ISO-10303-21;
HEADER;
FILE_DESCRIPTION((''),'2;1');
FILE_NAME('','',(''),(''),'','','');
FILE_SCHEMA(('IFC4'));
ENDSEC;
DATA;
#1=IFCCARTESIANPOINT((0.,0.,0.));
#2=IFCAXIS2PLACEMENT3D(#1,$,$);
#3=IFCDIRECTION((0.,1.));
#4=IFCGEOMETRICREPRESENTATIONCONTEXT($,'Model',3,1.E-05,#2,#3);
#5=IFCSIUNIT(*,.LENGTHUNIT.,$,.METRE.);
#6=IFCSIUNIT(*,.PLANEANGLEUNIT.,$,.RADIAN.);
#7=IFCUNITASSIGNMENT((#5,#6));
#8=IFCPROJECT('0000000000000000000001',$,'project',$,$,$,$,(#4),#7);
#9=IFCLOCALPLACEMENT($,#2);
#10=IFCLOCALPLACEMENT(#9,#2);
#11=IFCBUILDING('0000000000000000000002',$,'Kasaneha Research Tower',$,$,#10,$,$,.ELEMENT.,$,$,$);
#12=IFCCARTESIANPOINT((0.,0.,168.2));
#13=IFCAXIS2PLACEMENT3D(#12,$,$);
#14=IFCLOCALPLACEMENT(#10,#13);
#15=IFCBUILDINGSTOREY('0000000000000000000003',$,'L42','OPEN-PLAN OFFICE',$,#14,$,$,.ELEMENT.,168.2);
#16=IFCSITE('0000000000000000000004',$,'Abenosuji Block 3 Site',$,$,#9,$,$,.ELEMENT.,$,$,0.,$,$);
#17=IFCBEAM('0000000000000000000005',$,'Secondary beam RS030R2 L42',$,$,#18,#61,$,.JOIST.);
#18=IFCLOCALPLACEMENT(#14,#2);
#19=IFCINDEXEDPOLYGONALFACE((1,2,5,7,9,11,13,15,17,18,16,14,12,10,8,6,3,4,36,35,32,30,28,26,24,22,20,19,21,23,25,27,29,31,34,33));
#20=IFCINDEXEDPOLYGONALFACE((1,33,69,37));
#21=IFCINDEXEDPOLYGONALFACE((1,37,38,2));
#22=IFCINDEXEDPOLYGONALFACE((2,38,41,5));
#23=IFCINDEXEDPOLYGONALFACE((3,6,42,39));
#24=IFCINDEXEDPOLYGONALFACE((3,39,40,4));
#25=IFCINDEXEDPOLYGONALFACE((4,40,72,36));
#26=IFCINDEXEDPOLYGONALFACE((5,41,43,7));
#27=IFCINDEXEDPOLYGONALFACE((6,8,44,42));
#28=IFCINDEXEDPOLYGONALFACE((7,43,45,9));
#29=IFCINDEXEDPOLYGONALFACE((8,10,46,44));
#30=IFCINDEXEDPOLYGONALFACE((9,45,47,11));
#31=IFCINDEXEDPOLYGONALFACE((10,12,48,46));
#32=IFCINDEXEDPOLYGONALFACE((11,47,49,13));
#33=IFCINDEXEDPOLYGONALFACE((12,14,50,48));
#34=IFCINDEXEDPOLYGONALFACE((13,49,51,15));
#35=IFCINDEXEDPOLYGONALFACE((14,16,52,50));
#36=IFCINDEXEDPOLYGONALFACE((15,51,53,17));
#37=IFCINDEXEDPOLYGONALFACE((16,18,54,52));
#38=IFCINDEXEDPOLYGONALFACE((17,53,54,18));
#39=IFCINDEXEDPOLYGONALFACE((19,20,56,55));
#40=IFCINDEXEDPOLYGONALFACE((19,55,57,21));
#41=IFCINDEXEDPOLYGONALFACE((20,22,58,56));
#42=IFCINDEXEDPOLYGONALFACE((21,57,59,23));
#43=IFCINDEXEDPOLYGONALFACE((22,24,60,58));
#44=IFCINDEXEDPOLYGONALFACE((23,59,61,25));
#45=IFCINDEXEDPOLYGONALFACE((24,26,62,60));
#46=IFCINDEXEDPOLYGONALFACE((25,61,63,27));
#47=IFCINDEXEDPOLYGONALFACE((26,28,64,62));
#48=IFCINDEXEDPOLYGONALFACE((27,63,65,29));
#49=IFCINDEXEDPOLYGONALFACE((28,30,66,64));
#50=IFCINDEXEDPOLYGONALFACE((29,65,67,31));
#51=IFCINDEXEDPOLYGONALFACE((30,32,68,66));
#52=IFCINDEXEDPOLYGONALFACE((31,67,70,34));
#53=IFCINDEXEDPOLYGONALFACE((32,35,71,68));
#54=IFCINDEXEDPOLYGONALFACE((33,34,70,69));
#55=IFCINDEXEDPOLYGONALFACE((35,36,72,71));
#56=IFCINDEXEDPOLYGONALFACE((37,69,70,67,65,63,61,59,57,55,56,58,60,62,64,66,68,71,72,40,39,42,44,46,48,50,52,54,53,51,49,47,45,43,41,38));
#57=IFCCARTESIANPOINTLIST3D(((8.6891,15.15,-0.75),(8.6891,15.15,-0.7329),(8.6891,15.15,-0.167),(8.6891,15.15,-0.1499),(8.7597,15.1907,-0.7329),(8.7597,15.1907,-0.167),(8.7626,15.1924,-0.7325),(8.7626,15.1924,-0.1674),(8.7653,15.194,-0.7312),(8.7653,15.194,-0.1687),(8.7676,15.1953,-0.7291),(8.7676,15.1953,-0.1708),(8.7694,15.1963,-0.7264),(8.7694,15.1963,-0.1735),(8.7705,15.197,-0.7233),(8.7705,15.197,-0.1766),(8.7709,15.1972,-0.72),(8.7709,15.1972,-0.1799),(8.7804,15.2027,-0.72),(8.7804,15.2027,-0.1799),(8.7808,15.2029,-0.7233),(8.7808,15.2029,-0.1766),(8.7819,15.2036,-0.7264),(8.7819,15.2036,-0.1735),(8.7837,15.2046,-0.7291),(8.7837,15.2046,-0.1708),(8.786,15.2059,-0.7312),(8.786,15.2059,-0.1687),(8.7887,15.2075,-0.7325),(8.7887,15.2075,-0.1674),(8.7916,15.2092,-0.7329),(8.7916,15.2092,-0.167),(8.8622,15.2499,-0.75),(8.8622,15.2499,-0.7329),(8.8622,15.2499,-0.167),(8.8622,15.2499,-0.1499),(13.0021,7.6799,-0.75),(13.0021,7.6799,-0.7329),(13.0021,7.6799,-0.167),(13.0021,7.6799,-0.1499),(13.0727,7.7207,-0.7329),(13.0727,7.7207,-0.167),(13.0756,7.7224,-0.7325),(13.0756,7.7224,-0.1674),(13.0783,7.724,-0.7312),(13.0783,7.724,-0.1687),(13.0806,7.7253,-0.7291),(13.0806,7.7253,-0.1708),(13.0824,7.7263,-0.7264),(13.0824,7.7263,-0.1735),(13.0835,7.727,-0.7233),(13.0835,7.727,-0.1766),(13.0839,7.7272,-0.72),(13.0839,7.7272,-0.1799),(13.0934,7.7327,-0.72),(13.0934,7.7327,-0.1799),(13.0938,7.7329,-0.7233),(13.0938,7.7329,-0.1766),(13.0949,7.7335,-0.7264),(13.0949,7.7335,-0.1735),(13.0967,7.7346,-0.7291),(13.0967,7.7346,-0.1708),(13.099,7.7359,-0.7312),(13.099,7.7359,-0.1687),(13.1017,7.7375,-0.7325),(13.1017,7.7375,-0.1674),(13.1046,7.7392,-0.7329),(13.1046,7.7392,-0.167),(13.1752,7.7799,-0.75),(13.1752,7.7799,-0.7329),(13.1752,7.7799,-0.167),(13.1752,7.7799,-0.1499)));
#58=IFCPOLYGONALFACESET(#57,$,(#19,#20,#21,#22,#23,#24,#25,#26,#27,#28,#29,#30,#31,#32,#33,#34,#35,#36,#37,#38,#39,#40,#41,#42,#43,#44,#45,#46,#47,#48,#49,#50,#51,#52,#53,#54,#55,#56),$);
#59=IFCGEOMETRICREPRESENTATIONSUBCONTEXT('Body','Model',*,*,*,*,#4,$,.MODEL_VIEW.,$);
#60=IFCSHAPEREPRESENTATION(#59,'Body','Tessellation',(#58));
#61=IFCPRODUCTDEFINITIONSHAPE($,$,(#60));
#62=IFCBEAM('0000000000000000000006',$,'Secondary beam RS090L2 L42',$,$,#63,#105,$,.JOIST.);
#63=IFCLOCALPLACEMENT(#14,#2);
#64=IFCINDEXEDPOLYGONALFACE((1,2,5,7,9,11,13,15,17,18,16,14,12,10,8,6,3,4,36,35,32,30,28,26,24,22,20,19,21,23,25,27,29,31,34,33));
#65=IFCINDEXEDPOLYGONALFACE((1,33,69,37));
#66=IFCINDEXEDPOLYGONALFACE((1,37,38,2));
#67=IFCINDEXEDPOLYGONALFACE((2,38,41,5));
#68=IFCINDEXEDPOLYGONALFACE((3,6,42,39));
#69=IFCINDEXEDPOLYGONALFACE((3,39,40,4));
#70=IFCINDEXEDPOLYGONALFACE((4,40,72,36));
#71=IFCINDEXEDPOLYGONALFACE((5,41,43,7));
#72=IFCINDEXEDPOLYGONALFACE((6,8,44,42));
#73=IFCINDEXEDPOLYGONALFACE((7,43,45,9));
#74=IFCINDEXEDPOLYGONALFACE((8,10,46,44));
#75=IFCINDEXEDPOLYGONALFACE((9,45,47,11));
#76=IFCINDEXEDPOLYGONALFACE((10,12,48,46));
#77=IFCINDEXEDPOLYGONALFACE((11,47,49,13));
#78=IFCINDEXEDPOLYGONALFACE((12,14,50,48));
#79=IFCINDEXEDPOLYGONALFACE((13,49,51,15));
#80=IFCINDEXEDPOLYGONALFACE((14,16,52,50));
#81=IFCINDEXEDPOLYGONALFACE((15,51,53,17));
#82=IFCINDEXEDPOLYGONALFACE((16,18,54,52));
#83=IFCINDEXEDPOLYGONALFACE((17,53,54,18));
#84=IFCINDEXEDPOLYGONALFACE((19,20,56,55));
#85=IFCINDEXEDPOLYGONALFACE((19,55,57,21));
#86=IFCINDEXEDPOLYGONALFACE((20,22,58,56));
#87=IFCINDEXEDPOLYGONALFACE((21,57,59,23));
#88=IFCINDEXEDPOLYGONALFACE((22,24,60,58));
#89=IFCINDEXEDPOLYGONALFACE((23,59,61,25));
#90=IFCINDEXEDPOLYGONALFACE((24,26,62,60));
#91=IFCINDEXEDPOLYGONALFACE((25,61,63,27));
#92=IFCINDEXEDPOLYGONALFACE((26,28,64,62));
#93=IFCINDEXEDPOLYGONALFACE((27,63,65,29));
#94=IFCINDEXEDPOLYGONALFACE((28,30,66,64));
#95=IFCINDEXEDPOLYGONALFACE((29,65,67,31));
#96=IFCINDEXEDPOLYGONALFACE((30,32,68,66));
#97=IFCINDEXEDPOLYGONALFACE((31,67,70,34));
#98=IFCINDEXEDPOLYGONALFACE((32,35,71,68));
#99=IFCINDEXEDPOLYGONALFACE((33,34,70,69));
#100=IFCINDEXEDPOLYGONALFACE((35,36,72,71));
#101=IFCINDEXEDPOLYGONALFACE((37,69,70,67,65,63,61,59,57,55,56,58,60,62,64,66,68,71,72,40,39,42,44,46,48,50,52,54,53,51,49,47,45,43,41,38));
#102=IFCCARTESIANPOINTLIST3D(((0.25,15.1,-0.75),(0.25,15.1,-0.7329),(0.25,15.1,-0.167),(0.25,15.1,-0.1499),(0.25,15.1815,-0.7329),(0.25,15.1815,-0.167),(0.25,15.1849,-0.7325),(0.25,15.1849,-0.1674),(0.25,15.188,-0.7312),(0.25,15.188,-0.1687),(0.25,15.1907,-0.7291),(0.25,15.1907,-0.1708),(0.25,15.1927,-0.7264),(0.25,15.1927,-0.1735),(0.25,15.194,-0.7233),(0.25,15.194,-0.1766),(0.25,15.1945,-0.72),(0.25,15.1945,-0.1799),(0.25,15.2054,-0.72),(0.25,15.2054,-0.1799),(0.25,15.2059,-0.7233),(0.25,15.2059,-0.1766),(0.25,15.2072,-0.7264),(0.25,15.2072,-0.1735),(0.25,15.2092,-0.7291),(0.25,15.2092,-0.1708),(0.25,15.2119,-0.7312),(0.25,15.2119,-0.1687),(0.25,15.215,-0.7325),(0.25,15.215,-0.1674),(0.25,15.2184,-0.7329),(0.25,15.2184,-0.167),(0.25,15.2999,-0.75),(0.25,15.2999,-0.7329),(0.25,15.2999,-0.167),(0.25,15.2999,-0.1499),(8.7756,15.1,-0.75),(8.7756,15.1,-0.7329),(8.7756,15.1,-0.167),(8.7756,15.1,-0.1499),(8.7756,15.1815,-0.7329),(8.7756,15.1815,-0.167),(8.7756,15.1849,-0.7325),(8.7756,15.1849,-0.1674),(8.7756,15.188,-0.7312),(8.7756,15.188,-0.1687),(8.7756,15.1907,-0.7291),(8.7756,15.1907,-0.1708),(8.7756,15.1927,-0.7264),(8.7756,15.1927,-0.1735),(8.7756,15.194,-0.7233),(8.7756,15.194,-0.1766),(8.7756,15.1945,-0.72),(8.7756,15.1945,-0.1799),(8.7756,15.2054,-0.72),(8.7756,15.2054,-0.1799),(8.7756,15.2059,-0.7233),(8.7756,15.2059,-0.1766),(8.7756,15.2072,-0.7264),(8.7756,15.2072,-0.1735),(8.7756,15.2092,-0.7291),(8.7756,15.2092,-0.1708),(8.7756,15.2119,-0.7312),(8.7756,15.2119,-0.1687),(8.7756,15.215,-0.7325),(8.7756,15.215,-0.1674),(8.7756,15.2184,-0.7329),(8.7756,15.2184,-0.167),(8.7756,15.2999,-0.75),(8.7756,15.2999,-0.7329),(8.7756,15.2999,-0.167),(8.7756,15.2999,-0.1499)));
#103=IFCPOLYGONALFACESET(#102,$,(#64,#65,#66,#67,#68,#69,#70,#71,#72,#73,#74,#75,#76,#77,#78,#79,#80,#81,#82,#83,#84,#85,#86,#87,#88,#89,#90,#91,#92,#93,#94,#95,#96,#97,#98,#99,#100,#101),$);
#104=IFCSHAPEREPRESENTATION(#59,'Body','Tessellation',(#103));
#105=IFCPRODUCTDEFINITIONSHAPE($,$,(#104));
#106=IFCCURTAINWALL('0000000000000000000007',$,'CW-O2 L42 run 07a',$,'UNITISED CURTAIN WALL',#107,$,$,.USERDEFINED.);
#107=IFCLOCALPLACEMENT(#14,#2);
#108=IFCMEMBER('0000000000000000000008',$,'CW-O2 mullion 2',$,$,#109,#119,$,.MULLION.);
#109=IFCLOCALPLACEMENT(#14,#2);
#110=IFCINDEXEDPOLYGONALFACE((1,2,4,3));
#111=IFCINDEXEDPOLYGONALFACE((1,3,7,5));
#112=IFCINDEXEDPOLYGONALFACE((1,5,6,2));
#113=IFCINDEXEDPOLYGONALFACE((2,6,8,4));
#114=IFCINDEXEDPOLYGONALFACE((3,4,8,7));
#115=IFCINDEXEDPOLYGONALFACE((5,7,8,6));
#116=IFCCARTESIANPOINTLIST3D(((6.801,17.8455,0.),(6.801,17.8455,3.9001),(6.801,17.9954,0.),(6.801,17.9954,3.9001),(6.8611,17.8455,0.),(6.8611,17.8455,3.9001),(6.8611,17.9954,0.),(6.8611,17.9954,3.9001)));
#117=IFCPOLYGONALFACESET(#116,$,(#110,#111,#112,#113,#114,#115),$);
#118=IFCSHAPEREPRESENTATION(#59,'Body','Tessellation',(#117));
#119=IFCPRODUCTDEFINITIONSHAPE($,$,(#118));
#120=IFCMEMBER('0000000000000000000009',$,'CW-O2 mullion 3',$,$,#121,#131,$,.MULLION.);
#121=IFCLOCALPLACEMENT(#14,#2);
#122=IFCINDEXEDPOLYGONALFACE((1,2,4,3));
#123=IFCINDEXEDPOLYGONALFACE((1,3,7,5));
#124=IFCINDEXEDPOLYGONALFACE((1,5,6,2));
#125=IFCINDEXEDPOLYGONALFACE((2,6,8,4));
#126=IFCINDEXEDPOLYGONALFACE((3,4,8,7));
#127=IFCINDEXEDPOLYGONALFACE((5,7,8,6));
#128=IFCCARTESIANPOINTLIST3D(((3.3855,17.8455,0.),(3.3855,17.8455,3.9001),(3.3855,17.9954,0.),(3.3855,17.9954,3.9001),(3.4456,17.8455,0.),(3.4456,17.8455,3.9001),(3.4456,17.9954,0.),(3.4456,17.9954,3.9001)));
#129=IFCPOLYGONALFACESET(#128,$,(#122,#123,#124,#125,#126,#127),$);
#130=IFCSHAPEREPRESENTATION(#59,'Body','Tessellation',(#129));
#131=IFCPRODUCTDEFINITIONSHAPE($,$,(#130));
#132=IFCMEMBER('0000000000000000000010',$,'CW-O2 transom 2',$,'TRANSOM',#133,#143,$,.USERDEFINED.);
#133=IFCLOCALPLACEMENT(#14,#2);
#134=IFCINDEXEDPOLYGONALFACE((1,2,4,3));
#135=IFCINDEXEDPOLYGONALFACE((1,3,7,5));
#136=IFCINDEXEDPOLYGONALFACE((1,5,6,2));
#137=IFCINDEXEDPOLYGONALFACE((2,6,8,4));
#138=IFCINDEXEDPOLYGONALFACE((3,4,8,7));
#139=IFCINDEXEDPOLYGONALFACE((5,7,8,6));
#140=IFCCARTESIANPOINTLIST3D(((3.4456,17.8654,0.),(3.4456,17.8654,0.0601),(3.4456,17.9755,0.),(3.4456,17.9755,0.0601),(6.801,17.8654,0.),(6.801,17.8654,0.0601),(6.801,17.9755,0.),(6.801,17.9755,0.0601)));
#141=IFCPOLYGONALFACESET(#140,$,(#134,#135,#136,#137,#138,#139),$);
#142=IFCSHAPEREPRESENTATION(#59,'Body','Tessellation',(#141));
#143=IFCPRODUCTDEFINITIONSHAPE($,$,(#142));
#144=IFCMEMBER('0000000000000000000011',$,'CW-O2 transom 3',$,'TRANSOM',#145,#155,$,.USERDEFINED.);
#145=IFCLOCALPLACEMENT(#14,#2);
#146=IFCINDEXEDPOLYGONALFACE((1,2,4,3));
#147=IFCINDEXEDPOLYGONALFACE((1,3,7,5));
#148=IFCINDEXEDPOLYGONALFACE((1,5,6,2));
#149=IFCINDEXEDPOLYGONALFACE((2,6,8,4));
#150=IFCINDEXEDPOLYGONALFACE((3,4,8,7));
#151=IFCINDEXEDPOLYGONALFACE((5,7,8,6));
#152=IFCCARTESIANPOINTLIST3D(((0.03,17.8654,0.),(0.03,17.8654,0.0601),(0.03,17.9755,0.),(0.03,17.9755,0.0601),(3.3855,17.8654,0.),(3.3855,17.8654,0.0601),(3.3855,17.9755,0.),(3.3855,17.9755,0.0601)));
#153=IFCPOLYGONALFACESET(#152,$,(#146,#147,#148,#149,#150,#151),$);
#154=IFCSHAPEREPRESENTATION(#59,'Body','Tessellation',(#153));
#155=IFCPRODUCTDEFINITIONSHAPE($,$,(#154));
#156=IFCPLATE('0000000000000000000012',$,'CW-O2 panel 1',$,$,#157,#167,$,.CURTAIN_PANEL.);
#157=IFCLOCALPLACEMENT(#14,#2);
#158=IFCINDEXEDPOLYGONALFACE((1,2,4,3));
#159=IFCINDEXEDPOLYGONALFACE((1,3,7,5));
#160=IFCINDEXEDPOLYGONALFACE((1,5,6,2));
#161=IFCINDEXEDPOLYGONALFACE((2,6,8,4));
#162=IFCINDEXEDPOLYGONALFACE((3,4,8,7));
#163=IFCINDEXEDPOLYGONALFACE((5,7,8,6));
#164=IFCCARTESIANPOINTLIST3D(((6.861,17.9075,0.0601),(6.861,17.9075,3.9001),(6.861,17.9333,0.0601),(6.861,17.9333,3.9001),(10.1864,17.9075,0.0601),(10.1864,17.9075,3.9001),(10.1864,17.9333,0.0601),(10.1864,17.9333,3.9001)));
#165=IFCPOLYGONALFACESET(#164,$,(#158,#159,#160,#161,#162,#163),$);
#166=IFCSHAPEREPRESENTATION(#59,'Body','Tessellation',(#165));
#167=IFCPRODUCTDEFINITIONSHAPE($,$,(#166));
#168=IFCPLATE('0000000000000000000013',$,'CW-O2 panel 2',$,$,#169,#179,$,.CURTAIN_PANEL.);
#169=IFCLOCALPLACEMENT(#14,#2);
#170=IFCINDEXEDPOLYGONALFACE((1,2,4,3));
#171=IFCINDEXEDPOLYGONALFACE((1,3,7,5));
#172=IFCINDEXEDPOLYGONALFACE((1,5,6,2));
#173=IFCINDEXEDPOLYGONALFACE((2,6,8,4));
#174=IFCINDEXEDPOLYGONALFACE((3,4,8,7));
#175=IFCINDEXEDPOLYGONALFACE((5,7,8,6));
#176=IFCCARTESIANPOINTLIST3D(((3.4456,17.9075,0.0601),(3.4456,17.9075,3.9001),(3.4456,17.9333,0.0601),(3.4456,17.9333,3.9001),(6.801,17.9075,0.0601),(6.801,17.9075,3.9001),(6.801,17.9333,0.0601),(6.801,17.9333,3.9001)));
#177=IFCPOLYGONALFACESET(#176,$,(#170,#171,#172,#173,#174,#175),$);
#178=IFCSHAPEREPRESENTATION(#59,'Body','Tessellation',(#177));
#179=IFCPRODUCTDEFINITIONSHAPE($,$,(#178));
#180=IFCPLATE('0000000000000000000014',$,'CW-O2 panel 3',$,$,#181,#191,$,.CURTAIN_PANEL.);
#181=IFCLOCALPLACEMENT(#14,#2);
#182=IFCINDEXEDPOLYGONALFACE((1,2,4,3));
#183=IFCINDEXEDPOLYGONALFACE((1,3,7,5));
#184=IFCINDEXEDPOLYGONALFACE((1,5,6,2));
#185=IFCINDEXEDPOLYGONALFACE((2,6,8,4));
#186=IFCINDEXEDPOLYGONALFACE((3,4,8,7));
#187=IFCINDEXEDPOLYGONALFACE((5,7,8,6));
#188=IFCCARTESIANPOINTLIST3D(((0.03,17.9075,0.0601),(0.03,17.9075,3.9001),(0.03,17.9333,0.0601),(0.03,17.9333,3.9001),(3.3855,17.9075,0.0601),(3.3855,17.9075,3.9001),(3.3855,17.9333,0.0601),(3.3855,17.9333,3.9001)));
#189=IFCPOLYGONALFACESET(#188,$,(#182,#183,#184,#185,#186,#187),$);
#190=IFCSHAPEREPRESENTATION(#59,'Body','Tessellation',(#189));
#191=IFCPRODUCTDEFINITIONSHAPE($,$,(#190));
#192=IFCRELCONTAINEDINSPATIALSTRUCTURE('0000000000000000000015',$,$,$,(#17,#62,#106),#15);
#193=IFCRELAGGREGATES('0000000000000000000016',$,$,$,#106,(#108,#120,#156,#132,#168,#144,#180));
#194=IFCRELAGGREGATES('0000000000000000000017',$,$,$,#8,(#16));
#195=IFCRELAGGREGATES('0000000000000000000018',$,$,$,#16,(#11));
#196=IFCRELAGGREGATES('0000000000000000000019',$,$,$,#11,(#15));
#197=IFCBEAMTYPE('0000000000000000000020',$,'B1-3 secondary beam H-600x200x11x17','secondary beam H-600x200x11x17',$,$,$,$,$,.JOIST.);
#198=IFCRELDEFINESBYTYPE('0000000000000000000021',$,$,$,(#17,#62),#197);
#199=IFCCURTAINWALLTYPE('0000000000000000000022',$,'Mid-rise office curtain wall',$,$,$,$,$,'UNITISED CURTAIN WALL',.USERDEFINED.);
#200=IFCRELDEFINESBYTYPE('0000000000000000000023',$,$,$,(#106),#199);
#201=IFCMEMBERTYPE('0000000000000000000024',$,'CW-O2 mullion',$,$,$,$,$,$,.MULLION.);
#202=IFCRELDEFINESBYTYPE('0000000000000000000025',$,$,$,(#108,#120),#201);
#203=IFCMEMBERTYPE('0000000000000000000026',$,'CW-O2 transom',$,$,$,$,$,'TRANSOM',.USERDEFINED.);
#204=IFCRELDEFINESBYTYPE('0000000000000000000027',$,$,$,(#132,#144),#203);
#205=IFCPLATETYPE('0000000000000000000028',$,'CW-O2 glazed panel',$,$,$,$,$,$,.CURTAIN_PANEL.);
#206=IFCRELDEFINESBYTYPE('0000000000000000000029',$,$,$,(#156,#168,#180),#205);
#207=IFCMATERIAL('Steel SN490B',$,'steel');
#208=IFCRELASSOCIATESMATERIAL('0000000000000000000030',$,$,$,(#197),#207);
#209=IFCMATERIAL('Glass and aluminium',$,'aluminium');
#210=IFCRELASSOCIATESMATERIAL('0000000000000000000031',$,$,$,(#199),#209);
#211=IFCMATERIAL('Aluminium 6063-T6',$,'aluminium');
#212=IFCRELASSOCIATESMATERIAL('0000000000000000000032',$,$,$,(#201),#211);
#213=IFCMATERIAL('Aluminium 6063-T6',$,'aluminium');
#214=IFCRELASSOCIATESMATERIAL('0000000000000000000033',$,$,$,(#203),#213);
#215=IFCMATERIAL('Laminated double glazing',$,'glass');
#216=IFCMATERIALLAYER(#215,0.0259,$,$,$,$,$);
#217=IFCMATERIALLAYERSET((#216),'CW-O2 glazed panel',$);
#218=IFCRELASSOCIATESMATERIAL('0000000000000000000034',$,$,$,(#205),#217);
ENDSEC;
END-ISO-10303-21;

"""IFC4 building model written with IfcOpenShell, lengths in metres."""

from ifc_helpers import new_model, si_unit, direction, frame, origin, origin_2d, place, context, subcontext, project, spatial, rectangle, i_section, extrude, material, layer, layer_set, material_profile, profile_set, type_object, element, aggregate, save


model = new_model("IFC4")

# Units and contexts
model_context = context("Model", 3, precision=1e-05, world=origin(), true_north=direction((0.0, 1.0)))
body_context = subcontext(model_context, "Body", "Model", "MODEL_VIEW")
ifc_project = project(units=[si_unit("LENGTHUNIT", "METRE"), si_unit("PLANEANGLEUNIT", "RADIAN")], contexts=[model_context])

# Site, building, storey
site_placement = place(None, origin())
site = spatial("IfcSite", under=ifc_project, at=site_placement, Name="Abenosuji Block 3 Site", CompositionType="ELEMENT", RefElevation=0.0)
building_placement = place(site_placement, origin())
building = spatial("IfcBuilding", under=site, at=building_placement, Name="Kasaneha Research Tower", CompositionType="ELEMENT")
storey_placement = place(building_placement, frame((0.0, 0.0, 168.2)))
storey = spatial("IfcBuildingStorey", under=building, at=storey_placement, Name="L42", Description="OPEN-PLAN OFFICE", CompositionType="ELEMENT", Elevation=168.2)

# Beams
ifc_material_1 = material(Name="Steel SN490B", Category="steel")
ifc_material_profile_1 = material_profile(ifc_material_1, i_section(OverallWidth=0.2, OverallDepth=0.6001, WebThickness=0.011, FlangeThickness=0.0171, FilletRadius=0.0129, at=origin_2d()), Name="H-600x200x11x17")
ifc_profile_set_1 = profile_set([ifc_material_profile_1], Name="Steel SN490B")
beam_type = type_object("IfcBeamType", Name="B1-3 secondary beam H-600x200x11x17", Description="secondary beam H-600x200x11x17", PredefinedType="JOIST", material=ifc_profile_set_1)
beam_1_placement = place(storey_placement, frame((8.7756, 15.2, -0.45), z_axis=(0.500017, -0.866015, 0.0), x_axis=(0.866015, 0.500017, 0.0)))
element("IfcBeam", 1, at=beam_1_placement, inside=storey, type_object=beam_type, Name="Secondary beam RS030R2 L42", PredefinedType="JOIST", context=body_context, shape_type="SweptSolid", body=[
    extrude(i_section(OverallWidth=0.2, OverallDepth=0.6001, WebThickness=0.011, FlangeThickness=0.0171, FilletRadius=0.0129, at=origin_2d()), origin(), (0.0, 0.0, 1.0), 8.6257),
])
beam_2_placement = place(storey_placement, frame((8.7756, 15.2, -0.45), z_axis=(-1.0, 0.0, 0.0), x_axis=(0.0, -1.0, 0.0)))
element("IfcBeam", 2, at=beam_2_placement, inside=storey, type_object=beam_type, Name="Secondary beam RS090L2 L42", PredefinedType="JOIST", context=body_context, shape_type="SweptSolid", body=[
    extrude(i_section(OverallWidth=0.2, OverallDepth=0.6001, WebThickness=0.011, FlangeThickness=0.0171, FilletRadius=0.0129, at=origin_2d()), origin(), (0.0, 0.0, 1.0), 8.5256),
])

# Curtain wall, members, plates
ifc_material_2 = material(Name="Glass and aluminium", Category="aluminium")
curtain_wall_type = type_object("IfcCurtainWallType", Name="Mid-rise office curtain wall", ElementType="UNITISED CURTAIN WALL", PredefinedType="USERDEFINED", material=ifc_material_2)
curtain_wall_placement = place(storey_placement, origin())
curtain_wall = element("IfcCurtainWall", 3, at=curtain_wall_placement, inside=storey, type_object=curtain_wall_type, Name="CW-O2 L42 run 07a", ObjectType="UNITISED CURTAIN WALL", PredefinedType="USERDEFINED")
ifc_material_3 = material(Name="Aluminium 6063-T6", Category="aluminium")
ifc_material_profile_2 = material_profile(ifc_material_3, rectangle(XDim=0.0601, YDim=0.1499, at=origin_2d()), Name="CW-O2 mullion 60x150")
ifc_profile_set_2 = profile_set([ifc_material_profile_2], Name="Aluminium 6063-T6")
member_type_1 = type_object("IfcMemberType", Name="CW-O2 mullion", PredefinedType="MULLION", material=ifc_profile_set_2)
member_1_placement = place(storey_placement, frame((6.8311, 17.9204, 0.0), z_axis=(0.0, 0.0, 1.0), x_axis=(-1.0, 0.0, 0.0)))
member_1 = element("IfcMember", 4, at=member_1_placement, type_object=member_type_1, Name="CW-O2 mullion 2", PredefinedType="MULLION", context=body_context, shape_type="SweptSolid", body=[
    extrude(rectangle(XDim=0.0601, YDim=0.1499, at=origin_2d()), origin(), (0.0, 0.0, 1.0), 3.9001),
])
member_2_placement = place(storey_placement, frame((3.4155, 17.9204, 0.0), z_axis=(0.0, 0.0, 1.0), x_axis=(-1.0, 0.0, 0.0)))
member_2 = element("IfcMember", 5, at=member_2_placement, type_object=member_type_1, Name="CW-O2 mullion 3", PredefinedType="MULLION", context=body_context, shape_type="SweptSolid", body=[
    extrude(rectangle(XDim=0.0601, YDim=0.1499, at=origin_2d()), origin(), (0.0, 0.0, 1.0), 3.9001),
])
ifc_material_4 = material(Name="Aluminium 6063-T6", Category="aluminium")
ifc_material_profile_3 = material_profile(ifc_material_4, rectangle(XDim=0.1101, YDim=0.0601, at=origin_2d()), Name="CW-O2 transom 110x60")
ifc_profile_set_3 = profile_set([ifc_material_profile_3], Name="Aluminium 6063-T6")
member_type_2 = type_object("IfcMemberType", Name="CW-O2 transom", ElementType="TRANSOM", PredefinedType="USERDEFINED", material=ifc_profile_set_3)
member_3_placement = place(storey_placement, frame((6.801, 17.9204, 0.03), z_axis=(-1.0, 0.0, 0.0), x_axis=(0.0, -1.0, 0.0)))
member_3 = element("IfcMember", 6, at=member_3_placement, type_object=member_type_2, Name="CW-O2 transom 2", ObjectType="TRANSOM", PredefinedType="USERDEFINED", context=body_context, shape_type="SweptSolid", body=[
    extrude(rectangle(XDim=0.1101, YDim=0.0601, at=origin_2d()), origin(), (0.0, 0.0, 1.0), 3.3555),
])
member_4_placement = place(storey_placement, frame((3.3855, 17.9204, 0.03), z_axis=(-1.0, 0.0, 0.0), x_axis=(0.0, -1.0, 0.0)))
member_4 = element("IfcMember", 7, at=member_4_placement, type_object=member_type_2, Name="CW-O2 transom 3", ObjectType="TRANSOM", PredefinedType="USERDEFINED", context=body_context, shape_type="SweptSolid", body=[
    extrude(rectangle(XDim=0.1101, YDim=0.0601, at=origin_2d()), origin(), (0.0, 0.0, 1.0), 3.3555),
])
ifc_material_5 = material(Name="Laminated double glazing", Category="glass")
ifc_layer_1 = layer(ifc_material_5, 0.0259)
ifc_layer_set_1 = layer_set([ifc_layer_1], Name="CW-O2 glazed panel")
plate_type = type_object("IfcPlateType", Name="CW-O2 glazed panel", PredefinedType="CURTAIN_PANEL", material=ifc_layer_set_1)
plate_1_placement = place(storey_placement, frame((8.5237, 17.9204, 0.0601), z_axis=(0.0, 0.0, 1.0), x_axis=(-1.0, 0.0, 0.0)))
plate_1 = element("IfcPlate", 8, at=plate_1_placement, type_object=plate_type, Name="CW-O2 panel 1", PredefinedType="CURTAIN_PANEL", context=body_context, shape_type="SweptSolid", body=[
    extrude(rectangle(XDim=3.3254, YDim=0.0259, at=origin_2d()), origin(), (0.0, 0.0, 1.0), 3.8401),
])
plate_2_placement = place(storey_placement, frame((5.1233, 17.9204, 0.0601), z_axis=(0.0, 0.0, 1.0), x_axis=(-1.0, 0.0, 0.0)))
plate_2 = element("IfcPlate", 9, at=plate_2_placement, type_object=plate_type, Name="CW-O2 panel 2", PredefinedType="CURTAIN_PANEL", context=body_context, shape_type="SweptSolid", body=[
    extrude(rectangle(XDim=3.3555, YDim=0.0259, at=origin_2d()), origin(), (0.0, 0.0, 1.0), 3.8401),
])
plate_3_placement = place(storey_placement, frame((1.7078, 17.9204, 0.0601), z_axis=(0.0, 0.0, 1.0), x_axis=(-1.0, 0.0, 0.0)))
plate_3 = element("IfcPlate", 10, at=plate_3_placement, type_object=plate_type, Name="CW-O2 panel 3", PredefinedType="CURTAIN_PANEL", context=body_context, shape_type="SweptSolid", body=[
    extrude(rectangle(XDim=3.3555, YDim=0.0259, at=origin_2d()), origin(), (0.0, 0.0, 1.0), 3.8401),
])
aggregate(curtain_wall, [member_1, member_2, plate_1, member_3, plate_2, member_4, plate_3])

save(model, "model.ifc")
